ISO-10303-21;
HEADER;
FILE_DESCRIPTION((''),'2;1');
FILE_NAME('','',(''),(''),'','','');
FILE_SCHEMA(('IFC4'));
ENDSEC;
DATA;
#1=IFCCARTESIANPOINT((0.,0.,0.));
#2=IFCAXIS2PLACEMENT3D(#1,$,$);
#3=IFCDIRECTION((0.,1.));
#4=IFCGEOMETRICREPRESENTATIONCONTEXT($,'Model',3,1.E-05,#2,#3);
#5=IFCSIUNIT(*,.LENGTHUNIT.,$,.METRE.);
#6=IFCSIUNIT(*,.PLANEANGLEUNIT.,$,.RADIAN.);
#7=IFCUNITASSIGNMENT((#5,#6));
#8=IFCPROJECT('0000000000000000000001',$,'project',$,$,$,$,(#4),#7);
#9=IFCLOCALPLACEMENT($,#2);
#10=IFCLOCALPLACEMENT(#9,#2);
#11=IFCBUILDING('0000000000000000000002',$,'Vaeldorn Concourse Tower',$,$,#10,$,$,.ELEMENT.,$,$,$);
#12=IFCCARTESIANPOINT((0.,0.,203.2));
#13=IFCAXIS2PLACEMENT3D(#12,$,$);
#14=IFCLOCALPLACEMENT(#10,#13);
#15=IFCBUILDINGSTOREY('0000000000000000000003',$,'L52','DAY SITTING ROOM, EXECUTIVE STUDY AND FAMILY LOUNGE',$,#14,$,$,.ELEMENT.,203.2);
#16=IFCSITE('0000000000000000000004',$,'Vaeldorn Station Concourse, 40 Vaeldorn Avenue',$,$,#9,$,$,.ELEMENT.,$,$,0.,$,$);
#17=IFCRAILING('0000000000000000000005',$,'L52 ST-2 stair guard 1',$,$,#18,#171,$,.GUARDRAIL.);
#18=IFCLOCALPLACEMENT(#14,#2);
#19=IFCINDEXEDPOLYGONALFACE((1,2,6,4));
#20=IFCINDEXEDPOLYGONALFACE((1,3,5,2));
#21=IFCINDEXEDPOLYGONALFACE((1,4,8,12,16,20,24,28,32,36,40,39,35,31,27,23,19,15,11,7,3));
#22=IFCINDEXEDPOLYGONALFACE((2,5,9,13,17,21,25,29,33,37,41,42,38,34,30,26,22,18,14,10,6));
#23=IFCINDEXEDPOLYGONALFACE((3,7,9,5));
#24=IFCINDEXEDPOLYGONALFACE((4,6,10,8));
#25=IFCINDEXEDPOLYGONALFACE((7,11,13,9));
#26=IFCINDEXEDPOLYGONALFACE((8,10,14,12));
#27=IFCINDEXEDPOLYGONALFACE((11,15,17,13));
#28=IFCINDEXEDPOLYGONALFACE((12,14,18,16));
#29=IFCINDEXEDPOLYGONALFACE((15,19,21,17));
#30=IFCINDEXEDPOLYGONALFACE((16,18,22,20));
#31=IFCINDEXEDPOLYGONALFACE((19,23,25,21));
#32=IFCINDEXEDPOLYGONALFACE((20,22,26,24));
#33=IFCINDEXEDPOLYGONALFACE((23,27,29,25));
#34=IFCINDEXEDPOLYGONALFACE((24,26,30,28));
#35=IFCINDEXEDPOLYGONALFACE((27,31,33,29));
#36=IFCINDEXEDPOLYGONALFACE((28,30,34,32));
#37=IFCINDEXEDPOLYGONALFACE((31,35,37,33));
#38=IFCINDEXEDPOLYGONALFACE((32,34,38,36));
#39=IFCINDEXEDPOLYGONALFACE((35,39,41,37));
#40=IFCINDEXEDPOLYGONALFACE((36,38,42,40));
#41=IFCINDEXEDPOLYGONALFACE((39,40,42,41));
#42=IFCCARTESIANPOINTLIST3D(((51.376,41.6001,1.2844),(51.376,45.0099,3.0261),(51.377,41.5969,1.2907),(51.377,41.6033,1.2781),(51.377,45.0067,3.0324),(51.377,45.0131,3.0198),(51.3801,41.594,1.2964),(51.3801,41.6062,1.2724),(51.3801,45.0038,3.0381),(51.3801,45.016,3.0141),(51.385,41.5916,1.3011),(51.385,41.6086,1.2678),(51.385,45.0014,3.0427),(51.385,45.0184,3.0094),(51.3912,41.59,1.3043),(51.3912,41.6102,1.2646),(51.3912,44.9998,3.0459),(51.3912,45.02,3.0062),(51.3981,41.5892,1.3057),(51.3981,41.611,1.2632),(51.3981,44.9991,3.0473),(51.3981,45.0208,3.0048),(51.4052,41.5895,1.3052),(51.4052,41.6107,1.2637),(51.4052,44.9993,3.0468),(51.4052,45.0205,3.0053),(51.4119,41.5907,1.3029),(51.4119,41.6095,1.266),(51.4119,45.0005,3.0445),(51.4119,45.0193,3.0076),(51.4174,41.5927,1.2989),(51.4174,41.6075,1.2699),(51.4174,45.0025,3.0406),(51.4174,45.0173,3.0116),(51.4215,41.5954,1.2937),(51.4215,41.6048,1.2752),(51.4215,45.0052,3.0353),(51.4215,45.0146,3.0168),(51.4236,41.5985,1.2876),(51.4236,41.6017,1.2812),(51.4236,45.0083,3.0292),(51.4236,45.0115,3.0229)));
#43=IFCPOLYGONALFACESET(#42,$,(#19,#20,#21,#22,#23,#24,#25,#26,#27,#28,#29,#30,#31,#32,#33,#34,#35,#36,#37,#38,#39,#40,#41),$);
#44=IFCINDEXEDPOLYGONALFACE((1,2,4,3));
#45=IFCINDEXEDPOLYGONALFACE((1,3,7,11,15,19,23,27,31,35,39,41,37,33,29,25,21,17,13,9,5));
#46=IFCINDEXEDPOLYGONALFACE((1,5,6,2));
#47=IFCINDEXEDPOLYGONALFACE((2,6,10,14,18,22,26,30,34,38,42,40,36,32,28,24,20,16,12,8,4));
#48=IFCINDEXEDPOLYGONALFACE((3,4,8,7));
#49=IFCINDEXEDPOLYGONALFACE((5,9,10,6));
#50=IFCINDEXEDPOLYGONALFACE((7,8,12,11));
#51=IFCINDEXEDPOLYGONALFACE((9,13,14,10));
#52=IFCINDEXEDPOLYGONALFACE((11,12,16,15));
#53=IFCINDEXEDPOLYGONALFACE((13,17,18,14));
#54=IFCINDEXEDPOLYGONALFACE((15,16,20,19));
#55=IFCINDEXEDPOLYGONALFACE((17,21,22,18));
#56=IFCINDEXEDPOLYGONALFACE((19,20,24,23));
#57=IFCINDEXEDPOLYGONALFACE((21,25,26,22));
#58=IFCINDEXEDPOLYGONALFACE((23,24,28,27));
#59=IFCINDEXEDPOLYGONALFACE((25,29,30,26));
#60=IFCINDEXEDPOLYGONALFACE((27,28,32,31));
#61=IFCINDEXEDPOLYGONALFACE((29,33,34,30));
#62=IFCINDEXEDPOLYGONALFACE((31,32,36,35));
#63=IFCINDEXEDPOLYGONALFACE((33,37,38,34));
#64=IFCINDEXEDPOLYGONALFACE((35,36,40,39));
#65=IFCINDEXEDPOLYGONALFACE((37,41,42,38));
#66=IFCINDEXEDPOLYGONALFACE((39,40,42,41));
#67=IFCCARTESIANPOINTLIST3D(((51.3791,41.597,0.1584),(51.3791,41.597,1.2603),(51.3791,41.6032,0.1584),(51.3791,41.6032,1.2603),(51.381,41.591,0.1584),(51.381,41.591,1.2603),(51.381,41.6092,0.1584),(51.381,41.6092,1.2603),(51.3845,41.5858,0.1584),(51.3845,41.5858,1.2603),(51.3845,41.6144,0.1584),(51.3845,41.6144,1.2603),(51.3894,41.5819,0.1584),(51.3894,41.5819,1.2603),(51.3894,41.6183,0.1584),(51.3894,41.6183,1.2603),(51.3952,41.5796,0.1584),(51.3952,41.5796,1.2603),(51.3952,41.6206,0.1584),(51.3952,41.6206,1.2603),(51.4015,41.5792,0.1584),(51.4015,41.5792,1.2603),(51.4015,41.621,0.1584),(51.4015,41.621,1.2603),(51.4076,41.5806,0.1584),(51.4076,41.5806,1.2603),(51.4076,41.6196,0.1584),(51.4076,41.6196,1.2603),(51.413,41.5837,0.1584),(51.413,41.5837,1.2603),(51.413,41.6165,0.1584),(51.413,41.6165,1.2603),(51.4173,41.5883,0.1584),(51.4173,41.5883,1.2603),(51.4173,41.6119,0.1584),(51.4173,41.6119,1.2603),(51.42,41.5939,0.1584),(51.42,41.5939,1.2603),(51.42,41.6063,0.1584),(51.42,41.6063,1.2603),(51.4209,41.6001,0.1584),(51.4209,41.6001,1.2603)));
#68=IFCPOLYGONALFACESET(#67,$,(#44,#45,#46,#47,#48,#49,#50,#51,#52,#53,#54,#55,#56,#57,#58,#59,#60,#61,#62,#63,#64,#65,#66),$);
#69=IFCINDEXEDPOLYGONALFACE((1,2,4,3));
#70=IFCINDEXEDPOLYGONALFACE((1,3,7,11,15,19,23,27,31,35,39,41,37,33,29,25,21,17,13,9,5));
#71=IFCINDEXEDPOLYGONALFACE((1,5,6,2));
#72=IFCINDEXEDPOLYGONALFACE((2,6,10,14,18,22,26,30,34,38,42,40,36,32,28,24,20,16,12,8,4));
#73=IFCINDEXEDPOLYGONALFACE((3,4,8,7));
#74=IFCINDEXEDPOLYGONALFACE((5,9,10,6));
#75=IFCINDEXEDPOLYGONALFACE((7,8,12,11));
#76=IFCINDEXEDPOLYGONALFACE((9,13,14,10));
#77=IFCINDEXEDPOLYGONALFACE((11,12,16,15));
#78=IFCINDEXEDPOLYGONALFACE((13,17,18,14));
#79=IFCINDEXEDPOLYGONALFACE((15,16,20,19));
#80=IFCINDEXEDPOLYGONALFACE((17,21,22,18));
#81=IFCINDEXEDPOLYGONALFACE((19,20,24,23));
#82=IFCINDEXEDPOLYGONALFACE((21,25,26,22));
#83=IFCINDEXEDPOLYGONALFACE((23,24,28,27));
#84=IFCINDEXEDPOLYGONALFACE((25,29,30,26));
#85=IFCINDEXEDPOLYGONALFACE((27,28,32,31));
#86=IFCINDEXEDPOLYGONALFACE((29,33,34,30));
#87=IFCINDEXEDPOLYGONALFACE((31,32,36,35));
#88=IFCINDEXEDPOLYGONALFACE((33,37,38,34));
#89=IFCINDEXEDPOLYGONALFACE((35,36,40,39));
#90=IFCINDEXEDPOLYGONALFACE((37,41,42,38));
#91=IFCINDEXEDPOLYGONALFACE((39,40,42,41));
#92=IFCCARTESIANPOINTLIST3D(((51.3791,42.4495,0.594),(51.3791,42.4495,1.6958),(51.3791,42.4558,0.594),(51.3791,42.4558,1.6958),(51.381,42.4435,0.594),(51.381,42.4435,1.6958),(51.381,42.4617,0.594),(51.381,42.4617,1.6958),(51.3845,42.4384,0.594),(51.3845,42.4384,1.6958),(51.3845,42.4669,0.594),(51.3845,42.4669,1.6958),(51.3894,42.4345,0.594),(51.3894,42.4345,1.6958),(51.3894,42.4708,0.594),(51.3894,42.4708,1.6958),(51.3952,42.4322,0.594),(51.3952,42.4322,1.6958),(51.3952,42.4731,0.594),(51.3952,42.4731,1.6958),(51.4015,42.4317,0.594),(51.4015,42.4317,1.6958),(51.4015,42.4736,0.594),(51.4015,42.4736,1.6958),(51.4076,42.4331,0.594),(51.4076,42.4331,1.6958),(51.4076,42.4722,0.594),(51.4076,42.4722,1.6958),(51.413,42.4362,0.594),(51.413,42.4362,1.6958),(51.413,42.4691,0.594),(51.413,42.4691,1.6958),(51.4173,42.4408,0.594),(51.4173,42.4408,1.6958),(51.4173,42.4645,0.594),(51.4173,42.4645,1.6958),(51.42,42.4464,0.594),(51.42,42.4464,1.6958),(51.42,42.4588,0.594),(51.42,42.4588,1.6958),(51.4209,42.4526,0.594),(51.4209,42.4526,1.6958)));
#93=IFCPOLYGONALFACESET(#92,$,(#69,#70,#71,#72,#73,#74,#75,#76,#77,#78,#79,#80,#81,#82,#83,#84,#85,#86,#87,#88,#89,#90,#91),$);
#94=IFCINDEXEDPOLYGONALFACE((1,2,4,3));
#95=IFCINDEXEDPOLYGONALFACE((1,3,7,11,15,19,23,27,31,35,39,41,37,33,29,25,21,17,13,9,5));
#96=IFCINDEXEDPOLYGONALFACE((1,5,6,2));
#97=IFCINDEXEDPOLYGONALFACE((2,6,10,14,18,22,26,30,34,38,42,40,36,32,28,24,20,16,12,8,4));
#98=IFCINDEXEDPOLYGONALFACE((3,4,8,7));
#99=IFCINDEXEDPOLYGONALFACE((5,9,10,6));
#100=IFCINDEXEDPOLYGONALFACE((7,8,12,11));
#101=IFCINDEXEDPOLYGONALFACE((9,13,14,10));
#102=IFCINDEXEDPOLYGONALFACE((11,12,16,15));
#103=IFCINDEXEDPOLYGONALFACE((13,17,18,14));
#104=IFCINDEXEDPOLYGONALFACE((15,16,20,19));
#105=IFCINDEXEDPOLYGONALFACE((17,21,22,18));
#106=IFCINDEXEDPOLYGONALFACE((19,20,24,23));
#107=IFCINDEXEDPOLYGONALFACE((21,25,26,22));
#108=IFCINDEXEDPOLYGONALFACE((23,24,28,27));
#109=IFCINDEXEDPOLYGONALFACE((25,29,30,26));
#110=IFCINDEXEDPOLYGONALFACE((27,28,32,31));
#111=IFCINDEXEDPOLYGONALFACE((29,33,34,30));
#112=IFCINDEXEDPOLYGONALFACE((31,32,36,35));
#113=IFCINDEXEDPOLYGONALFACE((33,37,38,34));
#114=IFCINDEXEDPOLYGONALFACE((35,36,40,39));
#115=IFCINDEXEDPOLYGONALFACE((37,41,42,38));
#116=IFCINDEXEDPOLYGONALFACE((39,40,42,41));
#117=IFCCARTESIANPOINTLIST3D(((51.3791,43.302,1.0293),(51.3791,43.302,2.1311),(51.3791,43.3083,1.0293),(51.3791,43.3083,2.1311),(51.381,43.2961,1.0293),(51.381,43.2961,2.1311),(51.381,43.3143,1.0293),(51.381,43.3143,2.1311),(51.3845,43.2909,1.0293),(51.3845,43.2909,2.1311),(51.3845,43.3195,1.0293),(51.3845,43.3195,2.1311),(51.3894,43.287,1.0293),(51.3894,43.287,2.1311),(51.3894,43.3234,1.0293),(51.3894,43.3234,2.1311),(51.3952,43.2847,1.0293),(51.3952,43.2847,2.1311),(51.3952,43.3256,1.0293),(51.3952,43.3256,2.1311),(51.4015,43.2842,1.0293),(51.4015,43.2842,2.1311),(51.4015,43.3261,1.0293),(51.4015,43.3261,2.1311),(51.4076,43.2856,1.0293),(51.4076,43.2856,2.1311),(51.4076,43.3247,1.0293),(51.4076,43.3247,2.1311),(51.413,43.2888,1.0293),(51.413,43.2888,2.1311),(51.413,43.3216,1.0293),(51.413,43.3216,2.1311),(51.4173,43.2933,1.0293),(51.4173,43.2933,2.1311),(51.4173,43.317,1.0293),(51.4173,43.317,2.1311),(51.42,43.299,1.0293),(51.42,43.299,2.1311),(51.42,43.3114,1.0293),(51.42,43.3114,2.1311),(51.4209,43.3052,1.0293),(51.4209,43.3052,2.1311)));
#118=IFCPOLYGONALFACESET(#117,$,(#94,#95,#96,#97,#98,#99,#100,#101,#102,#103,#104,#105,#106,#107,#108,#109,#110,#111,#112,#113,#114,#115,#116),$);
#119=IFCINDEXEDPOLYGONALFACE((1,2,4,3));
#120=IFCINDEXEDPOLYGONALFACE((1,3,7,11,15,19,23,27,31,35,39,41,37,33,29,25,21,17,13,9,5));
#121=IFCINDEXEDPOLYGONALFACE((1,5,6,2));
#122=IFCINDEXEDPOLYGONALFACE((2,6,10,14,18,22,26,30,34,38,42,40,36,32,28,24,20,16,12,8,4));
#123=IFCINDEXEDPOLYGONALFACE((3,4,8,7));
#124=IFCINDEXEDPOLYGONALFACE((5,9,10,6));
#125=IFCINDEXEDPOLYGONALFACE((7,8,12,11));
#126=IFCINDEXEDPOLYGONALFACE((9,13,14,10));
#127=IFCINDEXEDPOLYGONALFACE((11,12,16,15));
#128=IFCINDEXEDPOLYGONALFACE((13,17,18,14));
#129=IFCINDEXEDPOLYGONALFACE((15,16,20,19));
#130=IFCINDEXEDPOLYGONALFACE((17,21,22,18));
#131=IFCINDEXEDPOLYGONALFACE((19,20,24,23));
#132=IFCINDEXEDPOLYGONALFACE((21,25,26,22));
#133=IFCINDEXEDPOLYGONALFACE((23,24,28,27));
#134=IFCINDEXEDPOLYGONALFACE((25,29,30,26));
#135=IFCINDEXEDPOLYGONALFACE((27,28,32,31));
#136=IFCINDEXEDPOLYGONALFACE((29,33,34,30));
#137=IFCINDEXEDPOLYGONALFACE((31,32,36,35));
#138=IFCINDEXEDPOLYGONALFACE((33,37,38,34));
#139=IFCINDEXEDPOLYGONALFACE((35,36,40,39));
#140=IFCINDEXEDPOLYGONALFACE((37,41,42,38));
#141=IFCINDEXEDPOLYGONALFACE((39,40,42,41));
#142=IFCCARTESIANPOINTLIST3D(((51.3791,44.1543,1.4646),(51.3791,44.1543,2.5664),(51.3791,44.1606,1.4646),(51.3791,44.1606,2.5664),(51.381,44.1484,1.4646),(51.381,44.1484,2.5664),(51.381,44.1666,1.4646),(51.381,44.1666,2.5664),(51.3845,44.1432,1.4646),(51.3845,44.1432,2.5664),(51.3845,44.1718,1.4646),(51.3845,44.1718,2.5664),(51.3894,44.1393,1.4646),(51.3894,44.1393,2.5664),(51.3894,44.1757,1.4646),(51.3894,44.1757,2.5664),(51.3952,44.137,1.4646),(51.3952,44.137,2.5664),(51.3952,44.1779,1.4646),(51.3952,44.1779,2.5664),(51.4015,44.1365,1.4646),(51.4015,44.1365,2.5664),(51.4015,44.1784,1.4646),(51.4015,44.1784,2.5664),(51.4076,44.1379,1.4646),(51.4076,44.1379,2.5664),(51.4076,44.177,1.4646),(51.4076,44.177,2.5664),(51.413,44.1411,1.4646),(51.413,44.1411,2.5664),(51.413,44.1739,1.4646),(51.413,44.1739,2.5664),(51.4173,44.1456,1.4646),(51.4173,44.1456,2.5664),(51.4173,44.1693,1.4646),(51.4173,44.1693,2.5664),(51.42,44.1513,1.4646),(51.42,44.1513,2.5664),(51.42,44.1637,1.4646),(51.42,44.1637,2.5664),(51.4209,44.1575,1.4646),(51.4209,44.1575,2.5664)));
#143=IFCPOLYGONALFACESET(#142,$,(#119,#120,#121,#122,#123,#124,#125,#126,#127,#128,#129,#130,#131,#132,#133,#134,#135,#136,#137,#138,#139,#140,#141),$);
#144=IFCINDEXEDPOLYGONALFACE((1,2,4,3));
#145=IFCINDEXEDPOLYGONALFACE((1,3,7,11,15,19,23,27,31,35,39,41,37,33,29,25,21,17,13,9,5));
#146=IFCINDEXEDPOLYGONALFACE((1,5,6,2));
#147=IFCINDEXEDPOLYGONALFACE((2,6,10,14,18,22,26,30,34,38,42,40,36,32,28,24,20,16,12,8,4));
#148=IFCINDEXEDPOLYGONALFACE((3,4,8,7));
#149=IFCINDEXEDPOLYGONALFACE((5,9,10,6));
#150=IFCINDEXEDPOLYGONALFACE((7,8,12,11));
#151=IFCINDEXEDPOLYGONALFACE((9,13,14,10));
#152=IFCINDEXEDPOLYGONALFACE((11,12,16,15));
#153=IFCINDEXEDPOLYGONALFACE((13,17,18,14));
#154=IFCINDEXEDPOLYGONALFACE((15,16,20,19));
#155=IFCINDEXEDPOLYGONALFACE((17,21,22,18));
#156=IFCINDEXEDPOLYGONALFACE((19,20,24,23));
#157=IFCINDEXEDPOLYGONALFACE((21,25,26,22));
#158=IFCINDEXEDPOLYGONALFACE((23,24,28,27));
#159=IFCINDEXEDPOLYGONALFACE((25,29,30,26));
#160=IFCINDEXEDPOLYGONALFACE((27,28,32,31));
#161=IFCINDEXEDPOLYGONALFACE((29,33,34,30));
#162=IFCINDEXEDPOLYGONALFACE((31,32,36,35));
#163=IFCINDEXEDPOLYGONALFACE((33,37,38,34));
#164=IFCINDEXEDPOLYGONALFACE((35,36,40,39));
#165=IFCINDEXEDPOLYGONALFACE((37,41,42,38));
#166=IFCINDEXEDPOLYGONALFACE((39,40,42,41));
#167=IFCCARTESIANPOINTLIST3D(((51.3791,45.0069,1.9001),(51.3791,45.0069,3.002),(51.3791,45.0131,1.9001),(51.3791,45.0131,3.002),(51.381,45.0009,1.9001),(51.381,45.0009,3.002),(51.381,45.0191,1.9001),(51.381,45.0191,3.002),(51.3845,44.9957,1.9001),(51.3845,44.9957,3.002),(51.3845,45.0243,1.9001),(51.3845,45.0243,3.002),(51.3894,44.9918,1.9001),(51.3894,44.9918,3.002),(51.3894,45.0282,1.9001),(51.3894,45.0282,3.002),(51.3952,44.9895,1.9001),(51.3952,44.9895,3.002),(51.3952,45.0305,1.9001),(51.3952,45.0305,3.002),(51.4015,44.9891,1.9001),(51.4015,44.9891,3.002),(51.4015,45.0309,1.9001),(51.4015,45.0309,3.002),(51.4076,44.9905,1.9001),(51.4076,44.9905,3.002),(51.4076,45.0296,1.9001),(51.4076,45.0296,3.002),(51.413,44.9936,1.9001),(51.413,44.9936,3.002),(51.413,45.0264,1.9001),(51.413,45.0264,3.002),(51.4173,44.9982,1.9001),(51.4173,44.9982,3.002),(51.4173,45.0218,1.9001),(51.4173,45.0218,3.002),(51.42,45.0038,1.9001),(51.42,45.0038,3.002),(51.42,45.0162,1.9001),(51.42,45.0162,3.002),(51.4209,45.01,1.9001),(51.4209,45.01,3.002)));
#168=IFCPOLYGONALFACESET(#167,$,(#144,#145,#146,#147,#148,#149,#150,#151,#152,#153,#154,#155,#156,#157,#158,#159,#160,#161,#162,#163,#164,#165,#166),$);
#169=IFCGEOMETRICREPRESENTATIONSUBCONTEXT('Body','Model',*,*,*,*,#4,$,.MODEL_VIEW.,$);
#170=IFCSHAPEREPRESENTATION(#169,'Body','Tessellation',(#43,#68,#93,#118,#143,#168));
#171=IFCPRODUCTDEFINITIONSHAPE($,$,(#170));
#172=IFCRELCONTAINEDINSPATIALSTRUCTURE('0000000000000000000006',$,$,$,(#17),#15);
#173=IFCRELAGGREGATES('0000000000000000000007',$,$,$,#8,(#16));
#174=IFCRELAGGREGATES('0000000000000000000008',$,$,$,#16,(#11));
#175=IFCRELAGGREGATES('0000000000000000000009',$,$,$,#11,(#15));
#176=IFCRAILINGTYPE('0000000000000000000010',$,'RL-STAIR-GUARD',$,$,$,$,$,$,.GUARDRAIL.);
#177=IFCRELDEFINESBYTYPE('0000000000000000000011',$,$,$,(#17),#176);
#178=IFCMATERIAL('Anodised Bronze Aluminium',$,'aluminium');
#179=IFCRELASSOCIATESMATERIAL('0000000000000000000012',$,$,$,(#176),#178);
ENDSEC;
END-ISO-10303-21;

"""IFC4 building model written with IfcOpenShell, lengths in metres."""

from ifc_helpers import new_model, si_unit, direction, frame, origin, origin_2d, place, context, subcontext, project, spatial, circle, extrude, material, type_object, element, save


model = new_model("IFC4")

# Units and contexts
model_context = context("Model", 3, precision=1e-05, world=origin(), true_north=direction((0.0, 1.0)))
body_context = subcontext(model_context, "Body", "Model", "MODEL_VIEW")
ifc_project = project(units=[si_unit("LENGTHUNIT", "METRE"), si_unit("PLANEANGLEUNIT", "RADIAN")], contexts=[model_context])

# Site, building, storey
site_placement = place(None, origin())
site = spatial("IfcSite", under=ifc_project, at=site_placement, Name="Vaeldorn Station Concourse, 40 Vaeldorn Avenue", CompositionType="ELEMENT", RefElevation=0.0)
building_placement = place(site_placement, origin())
building = spatial("IfcBuilding", under=site, at=building_placement, Name="Vaeldorn Concourse Tower", CompositionType="ELEMENT")
storey_placement = place(building_placement, frame((0.0, 0.0, 203.2)))
storey = spatial("IfcBuildingStorey", under=building, at=storey_placement, Name="L52", Description="DAY SITTING ROOM, EXECUTIVE STUDY AND FAMILY LOUNGE", CompositionType="ELEMENT", Elevation=203.2)

# Shared definitions
ifc_material_1 = material(Name="Anodised Bronze Aluminium", Category="aluminium")

# Railing
railing_type_1 = type_object("IfcRailingType", Name="RL-STAIR-GUARD", PredefinedType="GUARDRAIL", material=ifc_material_1)
railing_1_placement = place(storey_placement, frame((51.3999, 41.6001, 0.1584)))
element("IfcRailing", 1, at=railing_1_placement, inside=storey, type_object=railing_type_1, Name="L52 ST-2 stair guard 1", PredefinedType="GUARDRAIL", context=body_context, shape_type="SweptSolid", body=[
    extrude(circle(Radius=0.0239, at=origin_2d()), frame((0.0, 0.0, 1.126), z_axis=(0.0, 0.890556, 0.454874), x_axis=(-1.0, 0.0, 0.0)), (0.0, 0.0, 1.0), 3.8289),
    extrude(circle(Radius=0.021, at=origin_2d()), origin(), (0.0, 0.0, 1.0), 1.1018),
    extrude(circle(Radius=0.021, at=origin_2d()), frame((0.0, 0.8525, 0.4355)), (0.0, 0.0, 1.0), 1.1018),
    extrude(circle(Radius=0.021, at=origin_2d()), frame((0.0, 1.7051, 0.8708)), (0.0, 0.0, 1.0), 1.1018),
    extrude(circle(Radius=0.021, at=origin_2d()), frame((0.0, 2.5574, 1.3062)), (0.0, 0.0, 1.0), 1.1018),
    extrude(circle(Radius=0.021, at=origin_2d()), frame((0.0, 3.4099, 1.7417)), (0.0, 0.0, 1.0), 1.1018),
])

save(model, "model.ifc")
